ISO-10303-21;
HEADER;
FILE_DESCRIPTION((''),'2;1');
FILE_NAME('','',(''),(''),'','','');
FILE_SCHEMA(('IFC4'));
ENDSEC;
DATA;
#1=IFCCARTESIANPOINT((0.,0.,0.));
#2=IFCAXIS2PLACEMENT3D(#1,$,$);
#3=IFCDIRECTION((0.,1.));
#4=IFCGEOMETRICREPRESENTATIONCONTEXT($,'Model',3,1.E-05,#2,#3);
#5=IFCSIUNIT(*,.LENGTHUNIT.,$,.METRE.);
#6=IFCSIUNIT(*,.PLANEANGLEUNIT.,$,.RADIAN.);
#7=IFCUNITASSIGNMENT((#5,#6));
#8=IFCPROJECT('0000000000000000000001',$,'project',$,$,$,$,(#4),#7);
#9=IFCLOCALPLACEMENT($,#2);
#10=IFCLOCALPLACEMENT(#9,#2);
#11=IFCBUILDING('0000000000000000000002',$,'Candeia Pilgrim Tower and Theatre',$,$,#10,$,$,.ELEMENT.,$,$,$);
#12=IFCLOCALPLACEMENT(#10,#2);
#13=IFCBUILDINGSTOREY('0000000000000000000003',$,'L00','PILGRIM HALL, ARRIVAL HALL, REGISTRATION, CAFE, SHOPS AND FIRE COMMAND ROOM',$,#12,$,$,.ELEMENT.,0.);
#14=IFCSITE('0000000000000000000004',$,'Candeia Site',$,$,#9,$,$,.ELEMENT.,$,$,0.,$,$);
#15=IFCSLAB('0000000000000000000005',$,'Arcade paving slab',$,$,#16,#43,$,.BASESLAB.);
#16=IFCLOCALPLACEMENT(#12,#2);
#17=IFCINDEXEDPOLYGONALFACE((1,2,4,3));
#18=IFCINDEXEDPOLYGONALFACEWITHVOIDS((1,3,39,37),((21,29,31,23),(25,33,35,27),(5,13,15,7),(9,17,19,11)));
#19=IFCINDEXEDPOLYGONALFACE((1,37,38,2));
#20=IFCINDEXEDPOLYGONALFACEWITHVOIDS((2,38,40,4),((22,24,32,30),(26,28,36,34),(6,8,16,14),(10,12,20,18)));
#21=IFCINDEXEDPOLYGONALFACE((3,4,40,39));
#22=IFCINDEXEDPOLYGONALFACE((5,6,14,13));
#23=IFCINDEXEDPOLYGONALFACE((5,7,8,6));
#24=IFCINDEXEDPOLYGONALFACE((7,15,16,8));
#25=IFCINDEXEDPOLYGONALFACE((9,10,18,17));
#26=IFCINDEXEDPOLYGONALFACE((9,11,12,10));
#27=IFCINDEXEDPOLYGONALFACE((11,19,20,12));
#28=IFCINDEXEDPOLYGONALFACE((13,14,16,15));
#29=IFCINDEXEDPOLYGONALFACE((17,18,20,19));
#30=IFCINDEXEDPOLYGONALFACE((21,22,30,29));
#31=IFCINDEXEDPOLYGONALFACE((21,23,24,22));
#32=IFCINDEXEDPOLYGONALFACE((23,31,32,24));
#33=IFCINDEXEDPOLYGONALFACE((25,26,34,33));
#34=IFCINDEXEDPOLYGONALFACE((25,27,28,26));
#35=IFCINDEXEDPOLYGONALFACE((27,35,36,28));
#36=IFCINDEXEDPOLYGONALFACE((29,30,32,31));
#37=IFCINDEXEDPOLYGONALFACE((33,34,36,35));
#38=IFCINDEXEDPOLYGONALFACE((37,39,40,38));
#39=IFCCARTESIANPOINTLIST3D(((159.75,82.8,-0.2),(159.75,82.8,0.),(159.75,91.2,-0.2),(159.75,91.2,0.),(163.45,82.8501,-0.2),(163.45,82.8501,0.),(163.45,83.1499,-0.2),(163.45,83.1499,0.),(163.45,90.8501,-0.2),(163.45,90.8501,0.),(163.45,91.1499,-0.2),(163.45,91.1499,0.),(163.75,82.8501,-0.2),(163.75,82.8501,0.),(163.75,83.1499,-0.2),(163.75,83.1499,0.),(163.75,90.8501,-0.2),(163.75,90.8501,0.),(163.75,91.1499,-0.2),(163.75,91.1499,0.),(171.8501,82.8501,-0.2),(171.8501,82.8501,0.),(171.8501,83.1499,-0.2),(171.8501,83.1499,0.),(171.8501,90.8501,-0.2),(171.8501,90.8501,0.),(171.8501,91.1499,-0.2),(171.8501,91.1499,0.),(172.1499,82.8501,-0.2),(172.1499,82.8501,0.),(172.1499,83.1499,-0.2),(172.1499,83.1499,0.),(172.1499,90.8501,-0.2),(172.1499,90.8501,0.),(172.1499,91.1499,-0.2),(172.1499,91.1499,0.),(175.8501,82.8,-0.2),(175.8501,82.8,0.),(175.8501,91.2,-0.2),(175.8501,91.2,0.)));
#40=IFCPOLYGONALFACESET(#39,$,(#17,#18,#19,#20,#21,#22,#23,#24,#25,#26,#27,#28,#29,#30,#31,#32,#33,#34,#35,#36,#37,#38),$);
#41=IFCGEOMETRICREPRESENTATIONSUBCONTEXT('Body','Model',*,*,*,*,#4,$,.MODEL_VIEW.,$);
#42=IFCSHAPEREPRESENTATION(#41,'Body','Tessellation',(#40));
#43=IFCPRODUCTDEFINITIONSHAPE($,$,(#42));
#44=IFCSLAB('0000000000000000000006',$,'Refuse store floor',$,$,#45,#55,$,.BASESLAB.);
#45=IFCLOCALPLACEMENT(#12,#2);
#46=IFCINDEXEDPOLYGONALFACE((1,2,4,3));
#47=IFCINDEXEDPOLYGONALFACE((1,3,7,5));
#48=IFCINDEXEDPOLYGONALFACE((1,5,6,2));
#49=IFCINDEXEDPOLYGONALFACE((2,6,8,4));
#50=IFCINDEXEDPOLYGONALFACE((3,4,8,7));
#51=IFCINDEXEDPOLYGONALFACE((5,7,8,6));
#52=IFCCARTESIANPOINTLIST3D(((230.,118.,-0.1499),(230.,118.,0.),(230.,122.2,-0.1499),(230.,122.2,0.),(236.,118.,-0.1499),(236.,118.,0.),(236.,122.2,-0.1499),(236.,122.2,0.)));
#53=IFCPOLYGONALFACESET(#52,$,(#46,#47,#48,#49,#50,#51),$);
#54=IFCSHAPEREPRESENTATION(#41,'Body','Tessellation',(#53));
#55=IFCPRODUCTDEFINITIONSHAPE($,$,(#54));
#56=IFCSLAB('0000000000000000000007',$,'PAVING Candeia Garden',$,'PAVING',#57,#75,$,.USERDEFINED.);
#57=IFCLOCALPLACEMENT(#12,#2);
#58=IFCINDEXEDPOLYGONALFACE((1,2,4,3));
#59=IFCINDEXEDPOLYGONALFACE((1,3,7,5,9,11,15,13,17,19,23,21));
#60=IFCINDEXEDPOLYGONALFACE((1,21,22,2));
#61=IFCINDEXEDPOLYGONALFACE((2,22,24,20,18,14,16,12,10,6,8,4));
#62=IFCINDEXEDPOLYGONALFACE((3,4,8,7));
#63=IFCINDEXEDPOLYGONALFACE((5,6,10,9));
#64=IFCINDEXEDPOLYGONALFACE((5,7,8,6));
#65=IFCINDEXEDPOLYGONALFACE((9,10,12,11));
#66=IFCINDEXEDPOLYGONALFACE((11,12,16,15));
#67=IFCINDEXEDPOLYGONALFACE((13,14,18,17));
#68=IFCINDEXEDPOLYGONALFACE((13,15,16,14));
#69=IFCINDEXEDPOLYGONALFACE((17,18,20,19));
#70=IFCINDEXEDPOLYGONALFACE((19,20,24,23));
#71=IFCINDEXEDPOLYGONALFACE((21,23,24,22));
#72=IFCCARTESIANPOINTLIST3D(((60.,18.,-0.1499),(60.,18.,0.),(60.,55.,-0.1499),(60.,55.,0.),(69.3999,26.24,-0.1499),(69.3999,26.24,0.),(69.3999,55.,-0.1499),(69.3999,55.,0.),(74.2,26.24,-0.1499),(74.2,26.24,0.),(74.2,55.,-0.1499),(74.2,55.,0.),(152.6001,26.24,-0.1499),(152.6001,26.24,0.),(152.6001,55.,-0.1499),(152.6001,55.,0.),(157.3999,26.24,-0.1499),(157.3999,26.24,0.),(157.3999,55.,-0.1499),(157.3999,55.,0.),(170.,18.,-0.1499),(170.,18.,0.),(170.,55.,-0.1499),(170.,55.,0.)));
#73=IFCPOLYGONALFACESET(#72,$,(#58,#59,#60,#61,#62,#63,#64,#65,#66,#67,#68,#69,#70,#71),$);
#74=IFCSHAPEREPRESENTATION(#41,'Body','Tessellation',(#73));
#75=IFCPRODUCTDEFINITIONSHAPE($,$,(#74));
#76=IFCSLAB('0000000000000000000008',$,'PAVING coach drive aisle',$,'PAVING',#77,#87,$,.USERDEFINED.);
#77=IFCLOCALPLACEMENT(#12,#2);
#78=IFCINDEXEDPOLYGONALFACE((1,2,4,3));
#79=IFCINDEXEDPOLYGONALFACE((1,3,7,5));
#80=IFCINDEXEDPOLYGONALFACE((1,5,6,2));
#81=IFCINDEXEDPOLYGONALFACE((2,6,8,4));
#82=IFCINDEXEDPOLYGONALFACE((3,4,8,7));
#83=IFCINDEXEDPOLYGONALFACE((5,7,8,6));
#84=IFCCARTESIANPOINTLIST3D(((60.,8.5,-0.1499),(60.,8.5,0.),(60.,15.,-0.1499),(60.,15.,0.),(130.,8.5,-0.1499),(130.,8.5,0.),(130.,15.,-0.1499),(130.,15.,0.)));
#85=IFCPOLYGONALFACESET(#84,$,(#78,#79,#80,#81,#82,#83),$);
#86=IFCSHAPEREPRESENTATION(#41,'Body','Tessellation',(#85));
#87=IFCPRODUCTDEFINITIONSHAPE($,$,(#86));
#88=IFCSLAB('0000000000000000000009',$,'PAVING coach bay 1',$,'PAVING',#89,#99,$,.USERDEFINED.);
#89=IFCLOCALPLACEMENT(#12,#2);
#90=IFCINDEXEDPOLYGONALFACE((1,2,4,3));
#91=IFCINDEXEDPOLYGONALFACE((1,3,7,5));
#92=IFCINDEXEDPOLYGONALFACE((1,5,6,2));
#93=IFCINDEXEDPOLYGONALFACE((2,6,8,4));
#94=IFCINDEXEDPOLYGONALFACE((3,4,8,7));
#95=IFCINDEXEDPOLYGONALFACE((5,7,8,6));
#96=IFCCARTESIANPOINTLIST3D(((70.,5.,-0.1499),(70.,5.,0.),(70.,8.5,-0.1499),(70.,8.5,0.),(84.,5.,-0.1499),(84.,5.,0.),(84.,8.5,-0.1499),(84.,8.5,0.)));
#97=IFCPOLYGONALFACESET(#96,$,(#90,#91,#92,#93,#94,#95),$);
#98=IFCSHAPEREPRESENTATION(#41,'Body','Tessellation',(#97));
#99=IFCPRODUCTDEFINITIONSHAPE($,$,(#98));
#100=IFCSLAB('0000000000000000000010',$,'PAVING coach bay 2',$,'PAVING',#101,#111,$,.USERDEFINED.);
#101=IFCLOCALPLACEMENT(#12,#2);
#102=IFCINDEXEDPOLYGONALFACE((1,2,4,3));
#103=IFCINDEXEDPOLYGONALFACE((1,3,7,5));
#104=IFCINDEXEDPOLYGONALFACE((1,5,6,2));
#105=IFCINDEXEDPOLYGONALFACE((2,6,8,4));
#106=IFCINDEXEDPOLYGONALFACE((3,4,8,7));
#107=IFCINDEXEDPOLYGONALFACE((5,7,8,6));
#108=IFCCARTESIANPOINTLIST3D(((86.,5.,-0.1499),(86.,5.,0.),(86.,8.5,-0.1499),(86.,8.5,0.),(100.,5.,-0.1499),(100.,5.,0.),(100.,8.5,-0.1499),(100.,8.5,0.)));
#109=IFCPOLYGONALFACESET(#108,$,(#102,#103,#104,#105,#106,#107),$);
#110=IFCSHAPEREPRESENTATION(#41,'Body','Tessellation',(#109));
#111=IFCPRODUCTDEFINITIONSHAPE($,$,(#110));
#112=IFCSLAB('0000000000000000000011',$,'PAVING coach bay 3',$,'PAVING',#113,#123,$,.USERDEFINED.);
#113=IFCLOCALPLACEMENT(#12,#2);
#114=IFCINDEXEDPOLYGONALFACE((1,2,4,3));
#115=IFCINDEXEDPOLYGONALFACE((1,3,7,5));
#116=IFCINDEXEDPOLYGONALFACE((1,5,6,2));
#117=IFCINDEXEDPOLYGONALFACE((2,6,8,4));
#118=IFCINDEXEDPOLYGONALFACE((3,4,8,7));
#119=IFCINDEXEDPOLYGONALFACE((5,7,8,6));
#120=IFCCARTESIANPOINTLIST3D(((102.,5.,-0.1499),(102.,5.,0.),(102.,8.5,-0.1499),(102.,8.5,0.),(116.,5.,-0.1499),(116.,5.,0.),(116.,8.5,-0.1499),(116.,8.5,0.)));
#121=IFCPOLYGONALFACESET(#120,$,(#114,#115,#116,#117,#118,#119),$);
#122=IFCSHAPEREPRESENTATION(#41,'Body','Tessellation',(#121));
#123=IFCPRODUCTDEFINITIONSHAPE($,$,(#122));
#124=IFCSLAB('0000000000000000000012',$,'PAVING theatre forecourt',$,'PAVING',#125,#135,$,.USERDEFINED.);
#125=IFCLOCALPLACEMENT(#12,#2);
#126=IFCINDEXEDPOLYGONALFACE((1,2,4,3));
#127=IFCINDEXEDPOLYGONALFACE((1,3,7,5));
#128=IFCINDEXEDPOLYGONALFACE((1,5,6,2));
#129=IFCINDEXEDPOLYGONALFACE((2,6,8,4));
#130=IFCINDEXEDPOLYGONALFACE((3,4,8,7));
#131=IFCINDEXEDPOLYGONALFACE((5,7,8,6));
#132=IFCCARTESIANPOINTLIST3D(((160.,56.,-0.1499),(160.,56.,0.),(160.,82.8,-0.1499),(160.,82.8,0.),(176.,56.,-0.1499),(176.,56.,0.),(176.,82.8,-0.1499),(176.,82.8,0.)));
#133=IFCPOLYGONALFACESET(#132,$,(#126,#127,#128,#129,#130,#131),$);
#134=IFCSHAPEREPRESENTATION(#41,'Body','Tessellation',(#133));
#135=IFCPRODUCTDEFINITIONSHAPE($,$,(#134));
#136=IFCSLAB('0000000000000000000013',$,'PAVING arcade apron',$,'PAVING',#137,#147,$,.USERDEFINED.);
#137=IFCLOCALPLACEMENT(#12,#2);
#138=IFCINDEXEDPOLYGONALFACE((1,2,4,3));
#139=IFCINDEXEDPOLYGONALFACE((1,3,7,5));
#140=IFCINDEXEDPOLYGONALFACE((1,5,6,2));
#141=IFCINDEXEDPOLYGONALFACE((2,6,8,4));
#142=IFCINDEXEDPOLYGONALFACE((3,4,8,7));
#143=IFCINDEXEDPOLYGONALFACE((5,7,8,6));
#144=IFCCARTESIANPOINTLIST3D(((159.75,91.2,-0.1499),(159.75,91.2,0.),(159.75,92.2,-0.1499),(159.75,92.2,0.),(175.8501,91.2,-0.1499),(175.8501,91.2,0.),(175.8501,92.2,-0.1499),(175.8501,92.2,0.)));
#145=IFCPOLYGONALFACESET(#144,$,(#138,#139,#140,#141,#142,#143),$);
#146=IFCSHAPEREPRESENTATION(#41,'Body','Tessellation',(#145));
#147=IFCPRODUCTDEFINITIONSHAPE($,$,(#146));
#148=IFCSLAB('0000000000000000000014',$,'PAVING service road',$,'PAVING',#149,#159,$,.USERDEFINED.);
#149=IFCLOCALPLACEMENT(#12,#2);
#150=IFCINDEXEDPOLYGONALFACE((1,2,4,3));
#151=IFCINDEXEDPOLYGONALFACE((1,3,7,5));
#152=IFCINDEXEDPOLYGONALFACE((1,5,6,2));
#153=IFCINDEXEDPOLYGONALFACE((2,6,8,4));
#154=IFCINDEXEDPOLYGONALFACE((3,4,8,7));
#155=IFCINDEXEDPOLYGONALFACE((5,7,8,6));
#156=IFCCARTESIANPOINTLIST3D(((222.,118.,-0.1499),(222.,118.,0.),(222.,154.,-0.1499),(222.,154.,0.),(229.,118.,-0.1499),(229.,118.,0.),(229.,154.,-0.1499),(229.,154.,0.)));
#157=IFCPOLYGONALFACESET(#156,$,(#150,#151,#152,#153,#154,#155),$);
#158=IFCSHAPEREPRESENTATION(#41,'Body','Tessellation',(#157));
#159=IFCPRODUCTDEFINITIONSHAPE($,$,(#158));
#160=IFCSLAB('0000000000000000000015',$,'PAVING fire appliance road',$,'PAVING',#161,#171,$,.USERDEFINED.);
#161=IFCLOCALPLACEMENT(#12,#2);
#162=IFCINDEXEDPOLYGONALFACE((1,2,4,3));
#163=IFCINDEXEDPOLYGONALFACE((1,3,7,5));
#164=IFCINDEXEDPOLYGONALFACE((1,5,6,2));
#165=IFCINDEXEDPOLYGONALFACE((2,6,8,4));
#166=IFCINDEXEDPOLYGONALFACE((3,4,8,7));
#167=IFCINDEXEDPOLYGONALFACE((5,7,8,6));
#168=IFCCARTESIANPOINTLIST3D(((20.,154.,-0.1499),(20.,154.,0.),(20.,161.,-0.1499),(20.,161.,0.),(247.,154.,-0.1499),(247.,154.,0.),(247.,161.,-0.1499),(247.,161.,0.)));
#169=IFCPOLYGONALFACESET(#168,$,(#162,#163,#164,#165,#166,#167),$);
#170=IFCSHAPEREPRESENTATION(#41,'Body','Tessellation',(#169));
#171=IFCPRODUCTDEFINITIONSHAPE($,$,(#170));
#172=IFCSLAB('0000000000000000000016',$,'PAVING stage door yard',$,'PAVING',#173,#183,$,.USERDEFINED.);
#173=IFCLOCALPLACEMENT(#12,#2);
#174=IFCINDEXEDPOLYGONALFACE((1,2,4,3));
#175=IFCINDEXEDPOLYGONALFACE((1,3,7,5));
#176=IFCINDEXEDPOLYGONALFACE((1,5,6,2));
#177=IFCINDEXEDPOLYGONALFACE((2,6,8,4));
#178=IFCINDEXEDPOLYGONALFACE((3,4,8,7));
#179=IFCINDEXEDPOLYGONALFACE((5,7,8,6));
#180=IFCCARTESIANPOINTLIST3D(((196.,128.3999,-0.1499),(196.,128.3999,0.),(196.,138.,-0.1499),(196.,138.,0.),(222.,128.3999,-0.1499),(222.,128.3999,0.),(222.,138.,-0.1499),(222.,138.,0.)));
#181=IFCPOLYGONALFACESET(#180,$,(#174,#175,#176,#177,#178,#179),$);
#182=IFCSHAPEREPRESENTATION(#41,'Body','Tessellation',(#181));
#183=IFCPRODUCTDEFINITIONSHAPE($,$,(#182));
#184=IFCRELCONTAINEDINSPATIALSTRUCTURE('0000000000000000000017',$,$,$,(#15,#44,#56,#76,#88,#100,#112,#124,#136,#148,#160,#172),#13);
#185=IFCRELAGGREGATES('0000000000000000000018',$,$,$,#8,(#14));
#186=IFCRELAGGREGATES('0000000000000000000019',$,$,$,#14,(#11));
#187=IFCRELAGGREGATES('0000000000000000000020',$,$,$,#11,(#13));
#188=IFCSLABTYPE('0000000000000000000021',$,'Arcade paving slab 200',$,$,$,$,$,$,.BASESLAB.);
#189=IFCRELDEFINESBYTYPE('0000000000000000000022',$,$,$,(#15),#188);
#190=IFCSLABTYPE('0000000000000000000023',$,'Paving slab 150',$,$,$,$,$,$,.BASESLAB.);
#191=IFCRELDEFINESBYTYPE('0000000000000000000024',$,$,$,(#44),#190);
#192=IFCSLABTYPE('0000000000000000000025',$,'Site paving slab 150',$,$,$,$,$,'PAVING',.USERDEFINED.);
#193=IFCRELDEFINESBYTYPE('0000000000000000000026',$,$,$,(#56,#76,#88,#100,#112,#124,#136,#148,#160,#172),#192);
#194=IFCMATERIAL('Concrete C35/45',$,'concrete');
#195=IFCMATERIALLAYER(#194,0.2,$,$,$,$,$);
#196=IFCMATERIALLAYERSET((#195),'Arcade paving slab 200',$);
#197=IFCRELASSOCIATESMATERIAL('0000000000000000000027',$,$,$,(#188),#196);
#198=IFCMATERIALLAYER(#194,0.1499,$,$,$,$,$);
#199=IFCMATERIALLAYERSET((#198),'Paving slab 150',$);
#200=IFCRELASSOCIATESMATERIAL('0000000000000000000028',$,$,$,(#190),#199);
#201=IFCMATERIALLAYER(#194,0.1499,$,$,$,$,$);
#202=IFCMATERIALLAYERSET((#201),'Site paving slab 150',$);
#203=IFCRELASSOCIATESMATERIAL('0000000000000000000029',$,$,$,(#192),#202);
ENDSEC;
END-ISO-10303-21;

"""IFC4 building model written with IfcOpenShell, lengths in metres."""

from ifc_helpers import new_model, si_unit, direction, frame, origin, place, context, subcontext, project, spatial, polyline, outline, extrude, material, layer, layer_set, type_object, element, save


model = new_model("IFC4")

# Units and contexts
model_context = context("Model", 3, precision=1e-05, world=origin(), true_north=direction((0.0, 1.0)))
body_context = subcontext(model_context, "Body", "Model", "MODEL_VIEW")
ifc_project = project(units=[si_unit("LENGTHUNIT", "METRE"), si_unit("PLANEANGLEUNIT", "RADIAN")], contexts=[model_context])

# Site, building, storey
site_placement = place(None, origin())
site = spatial("IfcSite", under=ifc_project, at=site_placement, Name="Candeia Site", CompositionType="ELEMENT", RefElevation=0.0)
building_placement = place(site_placement, origin())
building = spatial("IfcBuilding", under=site, at=building_placement, Name="Candeia Pilgrim Tower and Theatre", CompositionType="ELEMENT")
storey_placement = place(building_placement, origin())
storey = spatial("IfcBuildingStorey", under=building, at=storey_placement, Name="L00", Description="PILGRIM HALL, ARRIVAL HALL, REGISTRATION, CAFE, SHOPS AND FIRE COMMAND ROOM", CompositionType="ELEMENT", Elevation=0.0)

# Slabs
ifc_material = material(Name="Concrete C35/45", Category="concrete")
ifc_layer_1 = layer(ifc_material, 0.2)
ifc_layer_set_1 = layer_set([ifc_layer_1], Name="Arcade paving slab 200")
slab_type_1 = type_object("IfcSlabType", Name="Arcade paving slab 200", PredefinedType="BASESLAB", material=ifc_layer_set_1)
slab_1_placement = place(storey_placement, frame((0.0, 0.0, -0.2)))
element("IfcSlab", 1, at=slab_1_placement, inside=storey, type_object=slab_type_1, Name="Arcade paving slab", PredefinedType="BASESLAB", context=body_context, shape_type="SweptSolid", body=[
    extrude(outline(polyline([(159.75, 82.8), (175.8501, 82.8), (175.8501, 91.2), (159.75, 91.2), (159.75, 82.8)]), holes=[polyline([(163.45, 82.8501), (163.75, 82.8501), (163.75, 83.1499), (163.45, 83.1499), (163.45, 82.8501)]), polyline([(163.45, 90.8501), (163.75, 90.8501), (163.75, 91.1499), (163.45, 91.1499), (163.45, 90.8501)]), polyline([(171.8501, 82.8501), (172.1499, 82.8501), (172.1499, 83.1499), (171.8501, 83.1499), (171.8501, 82.8501)]), polyline([(171.8501, 90.8501), (172.1499, 90.8501), (172.1499, 91.1499), (171.8501, 91.1499), (171.8501, 90.8501)])]), origin(), (0.0, 0.0, 1.0), 0.2),
])
ifc_layer_2 = layer(ifc_material, 0.1499)
ifc_layer_set_2 = layer_set([ifc_layer_2], Name="Paving slab 150")
slab_type_2 = type_object("IfcSlabType", Name="Paving slab 150", PredefinedType="BASESLAB", material=ifc_layer_set_2)
slab_2_placement = place(storey_placement, frame((0.0, 0.0, -0.1499)))
element("IfcSlab", 2, at=slab_2_placement, inside=storey, type_object=slab_type_2, Name="Refuse store floor", PredefinedType="BASESLAB", context=body_context, shape_type="SweptSolid", body=[
    extrude(outline(polyline([(230.0, 118.0), (236.0, 118.0), (236.0, 122.2), (230.0, 122.2), (230.0, 118.0)])), origin(), (0.0, 0.0, 1.0), 0.1499),
])
ifc_layer_3 = layer(ifc_material, 0.1499)
ifc_layer_set_3 = layer_set([ifc_layer_3], Name="Site paving slab 150")
slab_type_3 = type_object("IfcSlabType", Name="Site paving slab 150", ElementType="PAVING", PredefinedType="USERDEFINED", material=ifc_layer_set_3)
slab_3_placement = place(storey_placement, frame((0.0, 0.0, -0.1499)))
element("IfcSlab", 3, at=slab_3_placement, inside=storey, type_object=slab_type_3, Name="PAVING Candeia Garden", ObjectType="PAVING", PredefinedType="USERDEFINED", context=body_context, shape_type="SweptSolid", body=[
    extrude(outline(polyline([(170.0, 18.0), (60.0, 18.0), (60.0, 55.0), (69.3999, 55.0), (69.3999, 26.24), (74.2, 26.24), (74.2, 55.0), (152.6001, 55.0), (152.6001, 26.24), (157.3999, 26.24), (157.3999, 55.0), (170.0, 55.0), (170.0, 18.0)])), origin(), (0.0, 0.0, 1.0), 0.1499),
])
slab_4_placement = place(storey_placement, frame((0.0, 0.0, -0.1499)))
element("IfcSlab", 4, at=slab_4_placement, inside=storey, type_object=slab_type_3, Name="PAVING coach drive aisle", ObjectType="PAVING", PredefinedType="USERDEFINED", context=body_context, shape_type="SweptSolid", body=[
    extrude(outline(polyline([(130.0, 8.5), (130.0, 15.0), (60.0, 15.0), (60.0, 8.5), (130.0, 8.5)])), origin(), (0.0, 0.0, 1.0), 0.1499),
])
slab_5_placement = place(storey_placement, frame((0.0, 0.0, -0.1499)))
element("IfcSlab", 5, at=slab_5_placement, inside=storey, type_object=slab_type_3, Name="PAVING coach bay 1", ObjectType="PAVING", PredefinedType="USERDEFINED", context=body_context, shape_type="SweptSolid", body=[
    extrude(outline(polyline([(84.0, 5.0), (84.0, 8.5), (70.0, 8.5), (70.0, 5.0), (84.0, 5.0)])), origin(), (0.0, 0.0, 1.0), 0.1499),
])
slab_6_placement = place(storey_placement, frame((0.0, 0.0, -0.1499)))
element("IfcSlab", 6, at=slab_6_placement, inside=storey, type_object=slab_type_3, Name="PAVING coach bay 2", ObjectType="PAVING", PredefinedType="USERDEFINED", context=body_context, shape_type="SweptSolid", body=[
    extrude(outline(polyline([(100.0, 5.0), (100.0, 8.5), (86.0, 8.5), (86.0, 5.0), (100.0, 5.0)])), origin(), (0.0, 0.0, 1.0), 0.1499),
])
slab_7_placement = place(storey_placement, frame((0.0, 0.0, -0.1499)))
element("IfcSlab", 7, at=slab_7_placement, inside=storey, type_object=slab_type_3, Name="PAVING coach bay 3", ObjectType="PAVING", PredefinedType="USERDEFINED", context=body_context, shape_type="SweptSolid", body=[
    extrude(outline(polyline([(116.0, 5.0), (116.0, 8.5), (102.0, 8.5), (102.0, 5.0), (116.0, 5.0)])), origin(), (0.0, 0.0, 1.0), 0.1499),
])
slab_8_placement = place(storey_placement, frame((0.0, 0.0, -0.1499)))
element("IfcSlab", 8, at=slab_8_placement, inside=storey, type_object=slab_type_3, Name="PAVING theatre forecourt", ObjectType="PAVING", PredefinedType="USERDEFINED", context=body_context, shape_type="SweptSolid", body=[
    extrude(outline(polyline([(176.0, 56.0), (176.0, 82.8), (160.0, 82.8), (160.0, 56.0), (176.0, 56.0)])), origin(), (0.0, 0.0, 1.0), 0.1499),
])
slab_9_placement = place(storey_placement, frame((0.0, 0.0, -0.1499)))
element("IfcSlab", 9, at=slab_9_placement, inside=storey, type_object=slab_type_3, Name="PAVING arcade apron", ObjectType="PAVING", PredefinedType="USERDEFINED", context=body_context, shape_type="SweptSolid", body=[
    extrude(outline(polyline([(175.8501, 91.2), (175.8501, 92.2), (159.75, 92.2), (159.75, 91.2), (175.8501, 91.2)])), origin(), (0.0, 0.0, 1.0), 0.1499),
])
slab_10_placement = place(storey_placement, frame((0.0, 0.0, -0.1499)))
element("IfcSlab", 10, at=slab_10_placement, inside=storey, type_object=slab_type_3, Name="PAVING service road", ObjectType="PAVING", PredefinedType="USERDEFINED", context=body_context, shape_type="SweptSolid", body=[
    extrude(outline(polyline([(229.0, 118.0), (229.0, 154.0), (222.0, 154.0), (222.0, 118.0), (229.0, 118.0)])), origin(), (0.0, 0.0, 1.0), 0.1499),
])
slab_11_placement = place(storey_placement, frame((0.0, 0.0, -0.1499)))
element("IfcSlab", 11, at=slab_11_placement, inside=storey, type_object=slab_type_3, Name="PAVING fire appliance road", ObjectType="PAVING", PredefinedType="USERDEFINED", context=body_context, shape_type="SweptSolid", body=[
    extrude(outline(polyline([(247.0, 154.0), (247.0, 161.0), (20.0, 161.0), (20.0, 154.0), (247.0, 154.0)])), origin(), (0.0, 0.0, 1.0), 0.1499),
])
slab_12_placement = place(storey_placement, frame((0.0, 0.0, -0.1499)))
element("IfcSlab", 12, at=slab_12_placement, inside=storey, type_object=slab_type_3, Name="PAVING stage door yard", ObjectType="PAVING", PredefinedType="USERDEFINED", context=body_context, shape_type="SweptSolid", body=[
    extrude(outline(polyline([(222.0, 128.3999), (222.0, 138.0), (196.0, 138.0), (196.0, 128.3999), (222.0, 128.3999)])), origin(), (0.0, 0.0, 1.0), 0.1499),
])

save(model, "model.ifc")
